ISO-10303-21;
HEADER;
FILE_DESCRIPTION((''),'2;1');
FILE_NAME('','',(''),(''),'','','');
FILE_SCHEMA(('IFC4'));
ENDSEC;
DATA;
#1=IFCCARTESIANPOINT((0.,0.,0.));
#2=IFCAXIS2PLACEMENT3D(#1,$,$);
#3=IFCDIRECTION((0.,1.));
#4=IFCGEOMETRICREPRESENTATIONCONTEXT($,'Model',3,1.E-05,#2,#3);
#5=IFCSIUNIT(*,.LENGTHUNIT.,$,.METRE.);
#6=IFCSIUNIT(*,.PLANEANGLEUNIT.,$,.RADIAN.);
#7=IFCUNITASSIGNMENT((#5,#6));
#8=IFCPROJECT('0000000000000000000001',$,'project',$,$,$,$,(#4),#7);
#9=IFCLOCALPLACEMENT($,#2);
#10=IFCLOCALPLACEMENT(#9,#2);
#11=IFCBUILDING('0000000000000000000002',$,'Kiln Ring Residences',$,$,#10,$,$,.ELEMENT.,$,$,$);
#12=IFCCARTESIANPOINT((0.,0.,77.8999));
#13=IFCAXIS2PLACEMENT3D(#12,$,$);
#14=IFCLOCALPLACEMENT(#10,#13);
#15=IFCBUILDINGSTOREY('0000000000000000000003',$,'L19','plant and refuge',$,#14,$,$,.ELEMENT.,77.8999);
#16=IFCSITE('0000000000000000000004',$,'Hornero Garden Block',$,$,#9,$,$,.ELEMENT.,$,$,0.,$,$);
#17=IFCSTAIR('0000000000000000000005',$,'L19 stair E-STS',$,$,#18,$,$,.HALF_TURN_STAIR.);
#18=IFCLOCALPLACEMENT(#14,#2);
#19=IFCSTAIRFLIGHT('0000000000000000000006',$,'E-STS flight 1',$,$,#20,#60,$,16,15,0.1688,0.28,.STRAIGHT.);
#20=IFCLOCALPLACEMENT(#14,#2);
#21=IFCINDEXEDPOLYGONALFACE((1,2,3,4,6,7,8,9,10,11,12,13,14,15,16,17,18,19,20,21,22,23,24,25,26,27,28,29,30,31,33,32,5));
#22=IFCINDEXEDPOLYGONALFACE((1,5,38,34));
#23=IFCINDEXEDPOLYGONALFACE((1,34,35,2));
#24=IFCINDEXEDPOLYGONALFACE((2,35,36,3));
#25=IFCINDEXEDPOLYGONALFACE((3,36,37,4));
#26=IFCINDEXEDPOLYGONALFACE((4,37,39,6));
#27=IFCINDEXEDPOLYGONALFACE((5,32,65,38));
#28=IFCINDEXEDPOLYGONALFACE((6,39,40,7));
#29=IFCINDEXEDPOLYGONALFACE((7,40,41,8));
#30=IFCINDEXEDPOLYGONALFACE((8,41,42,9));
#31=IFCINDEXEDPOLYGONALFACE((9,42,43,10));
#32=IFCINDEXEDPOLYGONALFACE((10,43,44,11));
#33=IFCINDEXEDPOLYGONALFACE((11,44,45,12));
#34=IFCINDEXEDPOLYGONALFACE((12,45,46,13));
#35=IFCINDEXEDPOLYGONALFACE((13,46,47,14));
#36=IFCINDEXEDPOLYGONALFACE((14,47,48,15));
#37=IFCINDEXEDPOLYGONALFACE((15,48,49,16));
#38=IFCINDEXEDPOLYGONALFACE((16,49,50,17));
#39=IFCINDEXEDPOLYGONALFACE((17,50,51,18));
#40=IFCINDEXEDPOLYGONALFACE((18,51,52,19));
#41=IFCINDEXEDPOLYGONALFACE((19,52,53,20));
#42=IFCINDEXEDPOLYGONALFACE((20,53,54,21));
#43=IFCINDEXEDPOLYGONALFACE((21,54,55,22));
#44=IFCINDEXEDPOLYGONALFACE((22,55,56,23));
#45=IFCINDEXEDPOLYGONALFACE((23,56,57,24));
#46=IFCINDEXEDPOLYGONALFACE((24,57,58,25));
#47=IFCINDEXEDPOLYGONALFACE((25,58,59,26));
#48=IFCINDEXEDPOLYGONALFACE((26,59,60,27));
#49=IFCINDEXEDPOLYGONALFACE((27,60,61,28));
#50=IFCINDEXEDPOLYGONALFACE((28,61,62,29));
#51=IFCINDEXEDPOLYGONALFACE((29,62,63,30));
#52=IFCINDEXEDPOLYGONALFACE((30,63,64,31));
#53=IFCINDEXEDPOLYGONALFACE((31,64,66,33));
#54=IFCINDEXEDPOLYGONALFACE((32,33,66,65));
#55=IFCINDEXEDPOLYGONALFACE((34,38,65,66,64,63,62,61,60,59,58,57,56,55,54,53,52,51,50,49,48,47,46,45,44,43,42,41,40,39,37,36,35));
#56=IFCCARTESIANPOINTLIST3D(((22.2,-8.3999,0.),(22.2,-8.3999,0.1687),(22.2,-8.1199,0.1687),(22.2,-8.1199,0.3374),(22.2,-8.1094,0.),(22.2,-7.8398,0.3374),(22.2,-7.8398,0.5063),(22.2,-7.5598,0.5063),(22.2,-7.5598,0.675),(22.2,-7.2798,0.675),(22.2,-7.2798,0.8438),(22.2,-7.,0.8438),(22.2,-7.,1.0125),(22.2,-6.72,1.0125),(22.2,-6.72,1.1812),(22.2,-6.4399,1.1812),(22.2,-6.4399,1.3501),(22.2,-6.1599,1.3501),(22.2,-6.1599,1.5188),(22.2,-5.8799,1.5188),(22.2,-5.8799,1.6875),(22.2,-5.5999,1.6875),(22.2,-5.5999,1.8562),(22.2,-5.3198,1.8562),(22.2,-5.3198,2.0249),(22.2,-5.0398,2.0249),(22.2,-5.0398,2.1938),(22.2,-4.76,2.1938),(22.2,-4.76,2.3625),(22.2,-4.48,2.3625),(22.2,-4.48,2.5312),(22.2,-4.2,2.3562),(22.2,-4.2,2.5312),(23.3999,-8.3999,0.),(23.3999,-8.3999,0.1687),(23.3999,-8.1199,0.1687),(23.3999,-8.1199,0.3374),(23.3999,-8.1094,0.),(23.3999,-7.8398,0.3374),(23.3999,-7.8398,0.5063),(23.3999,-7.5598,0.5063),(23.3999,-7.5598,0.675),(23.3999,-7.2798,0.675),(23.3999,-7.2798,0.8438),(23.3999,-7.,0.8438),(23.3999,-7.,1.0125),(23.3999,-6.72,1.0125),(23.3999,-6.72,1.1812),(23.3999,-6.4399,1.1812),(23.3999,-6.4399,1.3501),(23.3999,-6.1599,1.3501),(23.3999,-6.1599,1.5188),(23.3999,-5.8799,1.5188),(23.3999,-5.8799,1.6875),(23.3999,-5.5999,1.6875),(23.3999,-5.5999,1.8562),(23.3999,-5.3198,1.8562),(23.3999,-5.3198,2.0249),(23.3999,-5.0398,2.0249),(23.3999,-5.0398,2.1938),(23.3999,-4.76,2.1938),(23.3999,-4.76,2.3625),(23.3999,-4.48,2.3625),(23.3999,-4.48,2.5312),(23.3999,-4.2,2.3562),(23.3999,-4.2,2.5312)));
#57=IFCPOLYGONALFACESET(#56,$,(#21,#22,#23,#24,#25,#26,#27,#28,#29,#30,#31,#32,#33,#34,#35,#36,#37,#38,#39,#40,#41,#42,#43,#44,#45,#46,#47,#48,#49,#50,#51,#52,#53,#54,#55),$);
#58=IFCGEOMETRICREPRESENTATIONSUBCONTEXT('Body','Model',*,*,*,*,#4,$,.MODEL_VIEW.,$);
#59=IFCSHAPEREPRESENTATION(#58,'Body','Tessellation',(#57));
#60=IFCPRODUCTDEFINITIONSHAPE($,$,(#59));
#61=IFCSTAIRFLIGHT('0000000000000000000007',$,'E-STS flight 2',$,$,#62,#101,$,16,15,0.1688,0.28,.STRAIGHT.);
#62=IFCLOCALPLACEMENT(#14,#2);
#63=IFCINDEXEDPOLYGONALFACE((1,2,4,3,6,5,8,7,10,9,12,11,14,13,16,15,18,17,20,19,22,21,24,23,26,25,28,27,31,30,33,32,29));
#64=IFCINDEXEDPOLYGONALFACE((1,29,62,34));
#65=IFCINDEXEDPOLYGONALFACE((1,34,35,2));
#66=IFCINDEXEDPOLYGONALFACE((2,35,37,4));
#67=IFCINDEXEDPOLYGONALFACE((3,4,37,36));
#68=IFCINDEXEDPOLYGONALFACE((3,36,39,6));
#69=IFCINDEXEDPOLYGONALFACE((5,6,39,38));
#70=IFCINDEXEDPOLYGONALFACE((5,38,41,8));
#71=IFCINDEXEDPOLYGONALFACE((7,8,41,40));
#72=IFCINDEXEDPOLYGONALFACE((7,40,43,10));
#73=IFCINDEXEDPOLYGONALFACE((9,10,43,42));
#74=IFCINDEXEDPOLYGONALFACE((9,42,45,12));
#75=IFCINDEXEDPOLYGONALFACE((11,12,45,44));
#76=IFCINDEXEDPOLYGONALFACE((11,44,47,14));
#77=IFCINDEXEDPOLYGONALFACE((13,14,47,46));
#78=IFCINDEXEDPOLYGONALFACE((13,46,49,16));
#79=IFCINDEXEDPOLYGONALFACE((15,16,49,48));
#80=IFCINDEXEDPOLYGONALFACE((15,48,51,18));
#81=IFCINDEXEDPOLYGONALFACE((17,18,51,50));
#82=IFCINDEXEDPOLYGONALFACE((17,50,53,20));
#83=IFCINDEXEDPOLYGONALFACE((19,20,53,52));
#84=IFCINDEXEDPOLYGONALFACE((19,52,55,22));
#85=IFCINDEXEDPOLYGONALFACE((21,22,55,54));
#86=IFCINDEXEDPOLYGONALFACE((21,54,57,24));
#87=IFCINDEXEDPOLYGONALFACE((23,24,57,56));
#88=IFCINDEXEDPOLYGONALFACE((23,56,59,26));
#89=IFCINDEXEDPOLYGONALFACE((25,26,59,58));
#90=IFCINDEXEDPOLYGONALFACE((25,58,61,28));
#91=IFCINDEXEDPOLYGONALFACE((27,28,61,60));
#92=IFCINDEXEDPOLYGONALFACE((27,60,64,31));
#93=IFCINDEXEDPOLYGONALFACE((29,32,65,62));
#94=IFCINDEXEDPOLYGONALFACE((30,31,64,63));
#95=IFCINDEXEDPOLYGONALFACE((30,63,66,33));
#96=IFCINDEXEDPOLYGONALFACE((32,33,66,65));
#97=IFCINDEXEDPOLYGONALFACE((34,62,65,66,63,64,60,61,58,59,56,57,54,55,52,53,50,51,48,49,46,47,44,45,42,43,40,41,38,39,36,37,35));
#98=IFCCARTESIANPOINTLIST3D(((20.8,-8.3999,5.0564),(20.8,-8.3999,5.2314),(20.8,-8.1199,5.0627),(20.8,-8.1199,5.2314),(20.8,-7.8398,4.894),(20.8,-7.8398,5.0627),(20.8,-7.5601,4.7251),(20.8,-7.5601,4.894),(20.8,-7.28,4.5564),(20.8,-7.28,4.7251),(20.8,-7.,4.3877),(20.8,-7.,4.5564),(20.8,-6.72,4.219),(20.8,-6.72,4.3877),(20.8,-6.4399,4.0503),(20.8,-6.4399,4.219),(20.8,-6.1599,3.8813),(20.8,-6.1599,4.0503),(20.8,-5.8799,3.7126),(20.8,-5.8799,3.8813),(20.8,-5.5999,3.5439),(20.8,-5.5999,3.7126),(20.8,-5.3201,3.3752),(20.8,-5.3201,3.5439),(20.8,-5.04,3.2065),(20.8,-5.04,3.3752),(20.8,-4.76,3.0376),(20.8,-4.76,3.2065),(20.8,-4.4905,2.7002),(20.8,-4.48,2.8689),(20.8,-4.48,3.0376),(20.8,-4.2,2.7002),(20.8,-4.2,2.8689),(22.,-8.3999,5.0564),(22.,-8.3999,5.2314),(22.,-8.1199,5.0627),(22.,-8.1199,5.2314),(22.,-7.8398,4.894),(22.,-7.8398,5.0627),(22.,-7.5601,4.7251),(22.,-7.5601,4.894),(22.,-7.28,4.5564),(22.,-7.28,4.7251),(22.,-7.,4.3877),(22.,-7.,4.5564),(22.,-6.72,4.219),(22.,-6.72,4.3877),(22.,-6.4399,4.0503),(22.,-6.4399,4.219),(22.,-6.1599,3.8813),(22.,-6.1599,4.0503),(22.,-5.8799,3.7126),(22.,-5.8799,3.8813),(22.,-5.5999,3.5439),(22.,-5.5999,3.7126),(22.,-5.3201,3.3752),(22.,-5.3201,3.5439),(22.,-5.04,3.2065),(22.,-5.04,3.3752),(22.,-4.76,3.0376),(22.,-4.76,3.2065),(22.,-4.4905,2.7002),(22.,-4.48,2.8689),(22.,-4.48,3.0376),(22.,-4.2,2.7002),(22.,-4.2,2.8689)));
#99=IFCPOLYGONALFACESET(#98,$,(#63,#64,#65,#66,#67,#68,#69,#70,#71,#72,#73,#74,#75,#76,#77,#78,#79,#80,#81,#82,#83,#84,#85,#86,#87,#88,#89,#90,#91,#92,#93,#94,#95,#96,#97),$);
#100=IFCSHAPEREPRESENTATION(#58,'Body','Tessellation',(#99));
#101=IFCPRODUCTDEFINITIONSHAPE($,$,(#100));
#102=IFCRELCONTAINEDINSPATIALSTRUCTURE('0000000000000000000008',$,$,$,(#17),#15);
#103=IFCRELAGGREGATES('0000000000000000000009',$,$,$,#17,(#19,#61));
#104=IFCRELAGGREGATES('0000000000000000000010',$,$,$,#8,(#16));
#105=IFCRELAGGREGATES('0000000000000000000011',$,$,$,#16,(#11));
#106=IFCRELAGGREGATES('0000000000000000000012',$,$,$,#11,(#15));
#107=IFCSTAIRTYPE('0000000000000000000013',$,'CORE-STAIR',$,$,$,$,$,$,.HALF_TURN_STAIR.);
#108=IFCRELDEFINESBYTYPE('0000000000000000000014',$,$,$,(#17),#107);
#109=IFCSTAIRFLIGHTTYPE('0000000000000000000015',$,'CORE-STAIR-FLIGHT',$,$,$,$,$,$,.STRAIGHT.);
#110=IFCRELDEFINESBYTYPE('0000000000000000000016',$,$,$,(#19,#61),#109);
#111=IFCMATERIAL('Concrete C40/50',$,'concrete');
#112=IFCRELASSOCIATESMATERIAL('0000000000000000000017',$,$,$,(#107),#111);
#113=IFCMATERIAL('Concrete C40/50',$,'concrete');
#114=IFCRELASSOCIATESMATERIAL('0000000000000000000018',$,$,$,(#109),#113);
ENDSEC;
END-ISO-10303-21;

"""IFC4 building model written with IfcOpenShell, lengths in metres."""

from ifc_helpers import new_model, si_unit, direction, frame, origin, place, context, subcontext, project, spatial, polyline, outline, extrude, material, type_object, element, aggregate, save


model = new_model("IFC4")

# Units and contexts
model_context = context("Model", 3, precision=1e-05, world=origin(), true_north=direction((0.0, 1.0)))
body_context = subcontext(model_context, "Body", "Model", "MODEL_VIEW")
ifc_project = project(units=[si_unit("LENGTHUNIT", "METRE"), si_unit("PLANEANGLEUNIT", "RADIAN")], contexts=[model_context])

# Site, building, storey
site_placement = place(None, origin())
site = spatial("IfcSite", under=ifc_project, at=site_placement, Name="Hornero Garden Block", CompositionType="ELEMENT", RefElevation=0.0)
building_placement = place(site_placement, origin())
building = spatial("IfcBuilding", under=site, at=building_placement, Name="Kiln Ring Residences", CompositionType="ELEMENT")
storey_placement = place(building_placement, frame((0.0, 0.0, 77.8999)))
storey = spatial("IfcBuildingStorey", under=building, at=storey_placement, Name="L19", Description="plant and refuge", CompositionType="ELEMENT", Elevation=77.8999)

# Stair, stair flights
ifc_material_1 = material(Name="Concrete C40/50", Category="concrete")
stair_type = type_object("IfcStairType", Name="CORE-STAIR", PredefinedType="HALF_TURN_STAIR", material=ifc_material_1)
stair_placement = place(storey_placement, origin())
stair = element("IfcStair", 1, at=stair_placement, inside=storey, type_object=stair_type, Name="L19 stair E-STS", PredefinedType="HALF_TURN_STAIR")
ifc_material_2 = material(Name="Concrete C40/50", Category="concrete")
stair_flight_type = type_object("IfcStairFlightType", Name="CORE-STAIR-FLIGHT", PredefinedType="STRAIGHT", material=ifc_material_2)
stair_flight_1_placement = place(storey_placement, frame((22.8, -8.3999, 0.0), z_axis=(0.0, 0.0, 1.0), x_axis=(0.0, 1.0, 0.0)))
stair_flight_1 = element("IfcStairFlight", 2, at=stair_flight_1_placement, type_object=stair_flight_type, Name="E-STS flight 1", NumberOfRisers=16, NumberOfTreads=15, PredefinedType="STRAIGHT", RiserHeight=0.1688, TreadLength=0.28, context=body_context, shape_type="SweptSolid", body=[
    extrude(outline(polyline([(0.0, 0.0), (0.0, 0.1687), (0.28, 0.1687), (0.28, 0.3374), (0.5601, 0.3374), (0.5601, 0.5063), (0.8401, 0.5063), (0.8401, 0.675), (1.1201, 0.675), (1.1201, 0.8438), (1.3999, 0.8438), (1.3999, 1.0125), (1.6799, 1.0125), (1.6799, 1.1812), (1.96, 1.1812), (1.96, 1.3501), (2.24, 1.3501), (2.24, 1.5188), (2.52, 1.5188), (2.52, 1.6875), (2.8, 1.6875), (2.8, 1.8562), (3.0801, 1.8562), (3.0801, 2.0249), (3.3601, 2.0249), (3.3601, 2.1938), (3.6399, 2.1938), (3.6399, 2.3625), (3.9199, 2.3625), (3.9199, 2.5312), (4.2, 2.5312), (4.2, 2.7), (4.2, 2.3562), (0.2905, 0.0), (0.0, 0.0)])), frame((0.0, 0.6001, 0.0), z_axis=(0.0, -1.0, 0.0), x_axis=(1.0, 0.0, 0.0)), (0.0, 0.0, 1.0), 1.2),
])
stair_flight_2_placement = place(storey_placement, frame((21.3999, -4.2, 2.7002), z_axis=(0.0, 0.0, 1.0), x_axis=(0.0, -1.0, 0.0)))
stair_flight_2 = element("IfcStairFlight", 3, at=stair_flight_2_placement, type_object=stair_flight_type, Name="E-STS flight 2", NumberOfRisers=16, NumberOfTreads=15, PredefinedType="STRAIGHT", RiserHeight=0.1688, TreadLength=0.28, context=body_context, shape_type="SweptSolid", body=[
    extrude(outline(polyline([(0.0, 0.0), (0.0, 0.1687), (0.28, 0.1687), (0.28, 0.3374), (0.5601, 0.3374), (0.5601, 0.5063), (0.8401, 0.5063), (0.8401, 0.675), (1.1201, 0.675), (1.1201, 0.8438), (1.3999, 0.8438), (1.3999, 1.0125), (1.6799, 1.0125), (1.6799, 1.1812), (1.96, 1.1812), (1.96, 1.3501), (2.24, 1.3501), (2.24, 1.5188), (2.52, 1.5188), (2.52, 1.6875), (2.8, 1.6875), (2.8, 1.8562), (3.0801, 1.8562), (3.0801, 2.0249), (3.3601, 2.0249), (3.3601, 2.1938), (3.6399, 2.1938), (3.6399, 2.3625), (3.9199, 2.3625), (3.9199, 2.5312), (4.2, 2.5312), (4.2, 2.7), (4.2, 2.3562), (0.2905, 0.0), (0.0, 0.0)])), frame((0.0, 0.6001, 0.0), z_axis=(0.0, -1.0, 0.0), x_axis=(1.0, 0.0, 0.0)), (0.0, 0.0, 1.0), 1.2),
])
aggregate(stair, [stair_flight_1, stair_flight_2])

save(model, "model.ifc")
